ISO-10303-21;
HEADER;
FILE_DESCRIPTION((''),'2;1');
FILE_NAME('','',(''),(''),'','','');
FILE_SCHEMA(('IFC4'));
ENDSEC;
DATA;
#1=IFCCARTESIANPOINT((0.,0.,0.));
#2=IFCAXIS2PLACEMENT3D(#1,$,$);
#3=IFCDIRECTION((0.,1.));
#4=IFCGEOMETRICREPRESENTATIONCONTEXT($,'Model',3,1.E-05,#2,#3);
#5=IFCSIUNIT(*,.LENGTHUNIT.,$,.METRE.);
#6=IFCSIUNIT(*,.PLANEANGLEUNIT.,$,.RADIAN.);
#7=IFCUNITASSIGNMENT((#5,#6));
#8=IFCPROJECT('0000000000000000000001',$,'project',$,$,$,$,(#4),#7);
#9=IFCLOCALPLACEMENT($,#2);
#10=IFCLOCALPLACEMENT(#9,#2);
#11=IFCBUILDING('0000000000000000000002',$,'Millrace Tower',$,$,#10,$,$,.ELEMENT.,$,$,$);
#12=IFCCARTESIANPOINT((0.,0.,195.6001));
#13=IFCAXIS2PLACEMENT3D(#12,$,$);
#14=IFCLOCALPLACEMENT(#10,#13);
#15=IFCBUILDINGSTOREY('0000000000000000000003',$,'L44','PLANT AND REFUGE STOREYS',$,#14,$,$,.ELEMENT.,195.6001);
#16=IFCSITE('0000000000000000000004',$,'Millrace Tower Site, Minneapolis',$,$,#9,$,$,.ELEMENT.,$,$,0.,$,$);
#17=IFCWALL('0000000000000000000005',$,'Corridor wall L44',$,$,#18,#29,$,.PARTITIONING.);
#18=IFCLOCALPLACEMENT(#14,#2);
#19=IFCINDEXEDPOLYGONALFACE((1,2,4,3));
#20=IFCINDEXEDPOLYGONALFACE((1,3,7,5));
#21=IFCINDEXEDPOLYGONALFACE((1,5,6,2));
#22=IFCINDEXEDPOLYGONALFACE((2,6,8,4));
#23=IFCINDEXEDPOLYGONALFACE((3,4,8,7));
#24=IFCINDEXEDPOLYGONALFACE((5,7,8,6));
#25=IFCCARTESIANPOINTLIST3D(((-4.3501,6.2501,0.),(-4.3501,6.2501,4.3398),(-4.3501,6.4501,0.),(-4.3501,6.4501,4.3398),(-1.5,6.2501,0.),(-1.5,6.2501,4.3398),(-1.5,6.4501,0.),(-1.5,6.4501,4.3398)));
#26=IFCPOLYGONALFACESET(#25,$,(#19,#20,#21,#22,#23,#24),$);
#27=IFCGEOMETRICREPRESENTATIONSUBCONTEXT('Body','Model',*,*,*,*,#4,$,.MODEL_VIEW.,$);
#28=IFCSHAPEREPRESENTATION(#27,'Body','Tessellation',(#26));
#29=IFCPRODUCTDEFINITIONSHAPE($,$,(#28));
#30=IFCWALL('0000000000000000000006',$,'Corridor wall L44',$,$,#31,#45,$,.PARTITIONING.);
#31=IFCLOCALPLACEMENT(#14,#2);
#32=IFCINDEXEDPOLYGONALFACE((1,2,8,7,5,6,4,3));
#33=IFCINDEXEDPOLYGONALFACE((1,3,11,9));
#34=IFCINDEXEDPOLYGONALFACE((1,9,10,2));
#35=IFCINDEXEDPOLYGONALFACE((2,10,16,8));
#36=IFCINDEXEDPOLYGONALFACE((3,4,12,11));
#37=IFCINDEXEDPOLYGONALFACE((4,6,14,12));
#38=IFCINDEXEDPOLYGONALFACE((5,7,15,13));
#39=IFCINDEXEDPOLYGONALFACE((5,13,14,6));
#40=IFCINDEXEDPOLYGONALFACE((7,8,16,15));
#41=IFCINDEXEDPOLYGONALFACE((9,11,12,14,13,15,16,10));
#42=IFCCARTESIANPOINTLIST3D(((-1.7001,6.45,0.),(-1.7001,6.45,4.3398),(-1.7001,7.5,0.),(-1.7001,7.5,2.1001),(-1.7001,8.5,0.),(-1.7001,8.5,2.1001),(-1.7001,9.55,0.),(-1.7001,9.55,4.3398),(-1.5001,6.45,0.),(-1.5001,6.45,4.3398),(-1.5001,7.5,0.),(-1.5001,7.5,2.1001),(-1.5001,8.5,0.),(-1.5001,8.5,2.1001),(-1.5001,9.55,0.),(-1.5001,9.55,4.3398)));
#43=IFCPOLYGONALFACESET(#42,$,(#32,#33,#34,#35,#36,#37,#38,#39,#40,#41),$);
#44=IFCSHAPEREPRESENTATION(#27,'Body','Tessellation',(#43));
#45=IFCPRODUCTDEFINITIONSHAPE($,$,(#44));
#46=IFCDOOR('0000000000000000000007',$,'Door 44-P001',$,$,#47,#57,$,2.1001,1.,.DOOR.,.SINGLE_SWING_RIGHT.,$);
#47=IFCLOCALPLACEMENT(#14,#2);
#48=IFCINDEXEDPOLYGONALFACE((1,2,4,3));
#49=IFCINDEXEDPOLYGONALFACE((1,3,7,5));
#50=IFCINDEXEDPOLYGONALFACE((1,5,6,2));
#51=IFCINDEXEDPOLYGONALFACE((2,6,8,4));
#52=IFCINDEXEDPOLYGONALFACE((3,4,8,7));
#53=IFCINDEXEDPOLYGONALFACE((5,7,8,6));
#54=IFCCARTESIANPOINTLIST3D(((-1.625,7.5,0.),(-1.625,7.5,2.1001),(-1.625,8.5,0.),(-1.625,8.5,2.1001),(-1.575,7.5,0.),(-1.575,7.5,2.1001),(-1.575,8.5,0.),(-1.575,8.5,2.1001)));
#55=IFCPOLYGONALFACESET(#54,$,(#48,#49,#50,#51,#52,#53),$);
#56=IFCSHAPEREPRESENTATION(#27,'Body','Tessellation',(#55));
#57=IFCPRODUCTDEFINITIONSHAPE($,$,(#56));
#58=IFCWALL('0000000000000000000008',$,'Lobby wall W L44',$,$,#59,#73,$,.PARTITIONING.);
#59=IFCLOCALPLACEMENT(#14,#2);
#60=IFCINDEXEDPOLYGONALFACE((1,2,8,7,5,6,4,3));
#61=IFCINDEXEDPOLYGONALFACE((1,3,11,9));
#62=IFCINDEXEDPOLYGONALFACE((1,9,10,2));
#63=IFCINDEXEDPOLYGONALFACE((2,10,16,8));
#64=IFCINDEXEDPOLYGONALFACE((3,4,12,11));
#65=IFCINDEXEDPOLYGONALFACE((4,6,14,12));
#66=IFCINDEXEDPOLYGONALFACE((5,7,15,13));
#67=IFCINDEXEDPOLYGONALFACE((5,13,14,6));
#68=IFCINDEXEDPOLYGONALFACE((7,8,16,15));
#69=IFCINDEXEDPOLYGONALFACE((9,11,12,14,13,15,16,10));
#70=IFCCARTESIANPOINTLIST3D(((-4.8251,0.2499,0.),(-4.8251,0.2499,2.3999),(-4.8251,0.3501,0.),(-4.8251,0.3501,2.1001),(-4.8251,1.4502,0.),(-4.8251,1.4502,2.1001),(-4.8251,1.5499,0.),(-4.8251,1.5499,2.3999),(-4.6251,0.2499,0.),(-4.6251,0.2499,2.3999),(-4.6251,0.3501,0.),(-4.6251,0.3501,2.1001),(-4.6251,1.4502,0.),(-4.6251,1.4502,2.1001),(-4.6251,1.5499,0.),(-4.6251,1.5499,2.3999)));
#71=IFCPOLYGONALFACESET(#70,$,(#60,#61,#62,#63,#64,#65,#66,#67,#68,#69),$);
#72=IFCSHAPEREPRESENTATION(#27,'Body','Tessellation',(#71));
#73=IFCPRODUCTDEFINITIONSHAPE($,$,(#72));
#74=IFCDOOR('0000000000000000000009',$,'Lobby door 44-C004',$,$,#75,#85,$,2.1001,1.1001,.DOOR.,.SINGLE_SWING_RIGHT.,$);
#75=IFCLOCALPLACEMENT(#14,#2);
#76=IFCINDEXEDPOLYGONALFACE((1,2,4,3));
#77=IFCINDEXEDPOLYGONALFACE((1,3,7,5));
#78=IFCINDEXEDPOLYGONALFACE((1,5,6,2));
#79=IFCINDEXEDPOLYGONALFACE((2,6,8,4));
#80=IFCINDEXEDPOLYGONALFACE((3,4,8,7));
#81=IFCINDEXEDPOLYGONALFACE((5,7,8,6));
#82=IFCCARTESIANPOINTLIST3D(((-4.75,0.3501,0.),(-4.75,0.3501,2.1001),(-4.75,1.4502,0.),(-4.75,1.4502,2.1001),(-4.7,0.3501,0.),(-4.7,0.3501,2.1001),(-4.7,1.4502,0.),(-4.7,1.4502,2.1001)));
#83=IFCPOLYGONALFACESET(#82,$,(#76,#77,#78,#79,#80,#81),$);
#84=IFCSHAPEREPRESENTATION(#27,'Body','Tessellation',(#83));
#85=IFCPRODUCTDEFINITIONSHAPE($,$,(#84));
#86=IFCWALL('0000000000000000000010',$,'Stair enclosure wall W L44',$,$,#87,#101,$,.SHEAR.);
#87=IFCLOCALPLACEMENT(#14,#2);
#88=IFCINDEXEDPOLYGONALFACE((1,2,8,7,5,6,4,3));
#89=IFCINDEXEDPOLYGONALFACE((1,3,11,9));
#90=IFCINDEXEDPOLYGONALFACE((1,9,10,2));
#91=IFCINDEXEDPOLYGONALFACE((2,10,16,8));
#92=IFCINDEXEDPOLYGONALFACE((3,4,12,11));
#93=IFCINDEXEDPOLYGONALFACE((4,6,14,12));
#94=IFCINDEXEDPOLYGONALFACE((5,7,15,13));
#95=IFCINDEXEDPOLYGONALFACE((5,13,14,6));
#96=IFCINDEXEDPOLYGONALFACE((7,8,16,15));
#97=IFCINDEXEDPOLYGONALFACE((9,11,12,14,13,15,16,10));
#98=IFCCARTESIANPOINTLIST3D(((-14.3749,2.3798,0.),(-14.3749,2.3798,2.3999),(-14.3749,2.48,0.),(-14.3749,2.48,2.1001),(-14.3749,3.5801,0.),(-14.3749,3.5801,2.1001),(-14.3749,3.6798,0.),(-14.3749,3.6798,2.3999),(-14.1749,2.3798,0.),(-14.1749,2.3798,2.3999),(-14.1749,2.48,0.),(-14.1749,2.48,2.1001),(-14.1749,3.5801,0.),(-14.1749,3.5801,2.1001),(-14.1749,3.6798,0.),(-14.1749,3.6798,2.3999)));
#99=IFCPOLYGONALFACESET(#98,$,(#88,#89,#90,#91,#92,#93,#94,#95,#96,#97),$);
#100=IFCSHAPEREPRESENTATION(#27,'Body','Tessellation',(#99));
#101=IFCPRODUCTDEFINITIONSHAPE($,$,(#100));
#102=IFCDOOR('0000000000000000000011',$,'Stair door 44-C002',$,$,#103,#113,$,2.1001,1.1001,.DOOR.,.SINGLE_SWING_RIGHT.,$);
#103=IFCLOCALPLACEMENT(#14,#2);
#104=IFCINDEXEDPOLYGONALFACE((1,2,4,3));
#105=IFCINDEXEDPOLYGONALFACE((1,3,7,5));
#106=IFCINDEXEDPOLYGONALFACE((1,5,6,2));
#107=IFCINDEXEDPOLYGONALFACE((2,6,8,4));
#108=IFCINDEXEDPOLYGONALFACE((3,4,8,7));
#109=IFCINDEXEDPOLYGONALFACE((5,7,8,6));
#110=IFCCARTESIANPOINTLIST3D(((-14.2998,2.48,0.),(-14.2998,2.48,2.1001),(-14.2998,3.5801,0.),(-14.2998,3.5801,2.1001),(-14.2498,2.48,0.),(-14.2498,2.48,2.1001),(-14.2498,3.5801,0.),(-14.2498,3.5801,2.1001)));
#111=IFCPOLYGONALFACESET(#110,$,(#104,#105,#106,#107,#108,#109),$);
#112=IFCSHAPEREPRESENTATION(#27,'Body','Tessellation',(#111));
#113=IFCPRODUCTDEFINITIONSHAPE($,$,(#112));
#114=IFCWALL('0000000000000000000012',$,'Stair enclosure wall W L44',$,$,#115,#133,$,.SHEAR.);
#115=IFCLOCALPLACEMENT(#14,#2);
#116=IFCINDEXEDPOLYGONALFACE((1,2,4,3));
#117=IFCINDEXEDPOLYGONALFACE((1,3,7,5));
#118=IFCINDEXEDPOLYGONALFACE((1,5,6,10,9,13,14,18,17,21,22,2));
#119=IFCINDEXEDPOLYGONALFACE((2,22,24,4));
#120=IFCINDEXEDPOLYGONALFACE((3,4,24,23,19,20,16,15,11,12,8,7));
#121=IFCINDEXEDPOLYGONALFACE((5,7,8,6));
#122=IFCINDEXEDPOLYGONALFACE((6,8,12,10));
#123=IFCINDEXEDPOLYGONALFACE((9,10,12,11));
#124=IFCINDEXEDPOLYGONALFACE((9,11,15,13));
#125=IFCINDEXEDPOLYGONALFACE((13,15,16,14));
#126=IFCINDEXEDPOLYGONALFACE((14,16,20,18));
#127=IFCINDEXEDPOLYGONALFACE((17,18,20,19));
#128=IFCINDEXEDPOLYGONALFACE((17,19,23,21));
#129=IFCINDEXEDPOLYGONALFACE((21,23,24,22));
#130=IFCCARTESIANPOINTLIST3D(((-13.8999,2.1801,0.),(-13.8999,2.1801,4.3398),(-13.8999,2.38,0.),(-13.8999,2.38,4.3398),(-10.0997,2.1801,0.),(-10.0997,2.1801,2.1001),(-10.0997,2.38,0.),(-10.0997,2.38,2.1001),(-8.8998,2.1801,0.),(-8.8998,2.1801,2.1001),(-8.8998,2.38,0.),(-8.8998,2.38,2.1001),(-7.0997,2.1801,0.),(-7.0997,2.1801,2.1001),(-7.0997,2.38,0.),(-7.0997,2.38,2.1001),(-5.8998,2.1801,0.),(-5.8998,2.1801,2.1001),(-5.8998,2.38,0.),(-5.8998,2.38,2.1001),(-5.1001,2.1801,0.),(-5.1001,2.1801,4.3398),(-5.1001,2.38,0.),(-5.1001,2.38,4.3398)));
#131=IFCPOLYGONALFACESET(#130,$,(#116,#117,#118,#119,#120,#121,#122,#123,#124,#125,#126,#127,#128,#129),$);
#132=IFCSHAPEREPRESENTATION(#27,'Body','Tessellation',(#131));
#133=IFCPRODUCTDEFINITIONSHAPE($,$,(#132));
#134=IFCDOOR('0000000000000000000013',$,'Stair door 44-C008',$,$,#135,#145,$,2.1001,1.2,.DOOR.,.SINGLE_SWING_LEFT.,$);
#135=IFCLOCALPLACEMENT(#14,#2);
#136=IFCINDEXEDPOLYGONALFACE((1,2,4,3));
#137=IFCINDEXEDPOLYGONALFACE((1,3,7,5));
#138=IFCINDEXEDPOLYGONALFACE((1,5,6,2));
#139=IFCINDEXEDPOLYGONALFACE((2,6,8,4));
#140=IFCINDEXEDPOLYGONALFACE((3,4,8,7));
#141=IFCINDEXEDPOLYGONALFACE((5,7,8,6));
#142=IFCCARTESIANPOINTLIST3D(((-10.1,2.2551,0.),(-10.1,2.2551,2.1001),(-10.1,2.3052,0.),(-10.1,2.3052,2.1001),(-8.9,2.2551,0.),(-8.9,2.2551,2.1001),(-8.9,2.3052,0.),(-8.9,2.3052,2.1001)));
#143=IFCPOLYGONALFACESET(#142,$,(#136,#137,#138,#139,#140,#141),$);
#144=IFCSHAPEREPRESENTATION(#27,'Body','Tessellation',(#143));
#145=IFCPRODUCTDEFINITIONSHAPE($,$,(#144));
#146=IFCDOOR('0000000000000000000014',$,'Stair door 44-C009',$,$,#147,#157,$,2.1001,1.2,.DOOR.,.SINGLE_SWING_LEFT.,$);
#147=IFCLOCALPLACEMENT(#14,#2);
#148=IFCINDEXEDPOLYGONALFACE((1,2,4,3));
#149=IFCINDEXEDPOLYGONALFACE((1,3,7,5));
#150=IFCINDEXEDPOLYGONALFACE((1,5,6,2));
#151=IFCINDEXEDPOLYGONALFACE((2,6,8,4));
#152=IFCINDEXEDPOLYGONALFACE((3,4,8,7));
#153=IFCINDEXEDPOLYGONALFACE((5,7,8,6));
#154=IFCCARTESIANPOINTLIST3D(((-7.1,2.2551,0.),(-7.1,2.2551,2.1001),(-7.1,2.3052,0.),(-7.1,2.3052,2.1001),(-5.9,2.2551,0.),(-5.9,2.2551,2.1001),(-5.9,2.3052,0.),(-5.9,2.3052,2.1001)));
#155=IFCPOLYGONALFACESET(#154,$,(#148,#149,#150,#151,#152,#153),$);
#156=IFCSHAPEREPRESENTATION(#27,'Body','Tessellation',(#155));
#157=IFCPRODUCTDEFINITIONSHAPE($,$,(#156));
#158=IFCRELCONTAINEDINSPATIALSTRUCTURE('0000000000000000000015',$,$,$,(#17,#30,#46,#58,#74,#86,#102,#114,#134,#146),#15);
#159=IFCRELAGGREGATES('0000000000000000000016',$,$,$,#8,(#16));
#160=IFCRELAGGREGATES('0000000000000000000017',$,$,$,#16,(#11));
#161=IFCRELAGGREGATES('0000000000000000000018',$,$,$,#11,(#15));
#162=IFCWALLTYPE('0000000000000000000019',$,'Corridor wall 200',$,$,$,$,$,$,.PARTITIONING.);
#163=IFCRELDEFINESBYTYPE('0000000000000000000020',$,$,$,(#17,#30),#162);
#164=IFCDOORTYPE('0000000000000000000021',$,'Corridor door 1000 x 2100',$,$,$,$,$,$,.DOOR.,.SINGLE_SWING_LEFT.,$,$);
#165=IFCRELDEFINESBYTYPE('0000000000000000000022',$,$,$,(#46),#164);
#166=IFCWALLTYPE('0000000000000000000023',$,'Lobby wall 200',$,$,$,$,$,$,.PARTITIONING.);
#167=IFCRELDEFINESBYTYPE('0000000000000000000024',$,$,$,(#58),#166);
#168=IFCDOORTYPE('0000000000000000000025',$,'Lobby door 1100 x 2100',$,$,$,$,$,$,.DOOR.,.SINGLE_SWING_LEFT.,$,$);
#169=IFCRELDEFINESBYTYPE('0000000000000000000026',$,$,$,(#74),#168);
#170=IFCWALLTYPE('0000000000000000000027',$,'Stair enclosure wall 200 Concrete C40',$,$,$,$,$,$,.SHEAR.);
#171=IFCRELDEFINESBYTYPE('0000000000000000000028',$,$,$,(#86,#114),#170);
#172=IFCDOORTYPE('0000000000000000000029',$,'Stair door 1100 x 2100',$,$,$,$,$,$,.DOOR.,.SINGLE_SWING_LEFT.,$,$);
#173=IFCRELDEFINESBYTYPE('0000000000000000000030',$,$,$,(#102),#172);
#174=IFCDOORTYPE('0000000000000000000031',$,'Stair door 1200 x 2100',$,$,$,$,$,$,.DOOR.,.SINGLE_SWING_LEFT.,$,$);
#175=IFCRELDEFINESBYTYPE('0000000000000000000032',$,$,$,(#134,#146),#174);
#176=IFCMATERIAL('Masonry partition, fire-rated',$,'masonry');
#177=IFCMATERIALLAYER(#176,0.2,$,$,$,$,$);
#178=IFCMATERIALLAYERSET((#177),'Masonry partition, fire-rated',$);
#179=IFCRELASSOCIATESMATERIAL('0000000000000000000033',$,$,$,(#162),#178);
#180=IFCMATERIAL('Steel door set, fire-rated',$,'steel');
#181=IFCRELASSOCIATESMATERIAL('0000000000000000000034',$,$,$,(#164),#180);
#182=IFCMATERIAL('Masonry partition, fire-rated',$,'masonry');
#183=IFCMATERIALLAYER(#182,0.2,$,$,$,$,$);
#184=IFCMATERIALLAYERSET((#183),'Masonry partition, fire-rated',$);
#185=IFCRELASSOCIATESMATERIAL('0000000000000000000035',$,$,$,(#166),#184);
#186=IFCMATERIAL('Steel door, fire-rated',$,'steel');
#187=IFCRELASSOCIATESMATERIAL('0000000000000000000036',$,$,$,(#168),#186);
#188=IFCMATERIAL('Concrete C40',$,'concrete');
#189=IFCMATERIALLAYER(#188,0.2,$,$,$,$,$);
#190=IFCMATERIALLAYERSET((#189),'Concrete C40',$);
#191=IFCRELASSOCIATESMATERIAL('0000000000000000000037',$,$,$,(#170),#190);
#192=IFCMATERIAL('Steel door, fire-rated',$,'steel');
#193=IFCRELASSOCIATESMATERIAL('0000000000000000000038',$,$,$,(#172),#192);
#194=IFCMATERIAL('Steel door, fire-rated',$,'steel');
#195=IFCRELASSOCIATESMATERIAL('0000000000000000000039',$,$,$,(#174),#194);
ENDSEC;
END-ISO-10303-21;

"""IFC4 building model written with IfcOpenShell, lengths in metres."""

from ifc_helpers import new_model, si_unit, direction, frame, frame_2d, origin, place, context, subcontext, project, spatial, rectangle, extrude, material, layer, layer_set, type_object, element, fill, save


model = new_model("IFC4")

# Units and contexts
model_context = context("Model", 3, precision=1e-05, world=origin(), true_north=direction((0.0, 1.0)))
body_context = subcontext(model_context, "Body", "Model", "MODEL_VIEW")
ifc_project = project(units=[si_unit("LENGTHUNIT", "METRE"), si_unit("PLANEANGLEUNIT", "RADIAN")], contexts=[model_context])

# Site, building, storey
site_placement = place(None, origin())
site = spatial("IfcSite", under=ifc_project, at=site_placement, Name="Millrace Tower Site, Minneapolis", CompositionType="ELEMENT", RefElevation=0.0)
building_placement = place(site_placement, origin())
building = spatial("IfcBuilding", under=site, at=building_placement, Name="Millrace Tower", CompositionType="ELEMENT")
storey_placement = place(building_placement, frame((0.0, 0.0, 195.6001)))
storey = spatial("IfcBuildingStorey", under=building, at=storey_placement, Name="L44", Description="PLANT AND REFUGE STOREYS", CompositionType="ELEMENT", Elevation=195.6001)

# Wall
ifc_material_1 = material(Name="Masonry partition, fire-rated", Category="masonry")
ifc_layer_1 = layer(ifc_material_1, 0.2)
ifc_layer_set_1 = layer_set([ifc_layer_1], Name="Masonry partition, fire-rated")
wall_type_1 = type_object("IfcWallType", Name="Corridor wall 200", PredefinedType="PARTITIONING", material=ifc_layer_set_1)
wall_1_placement = place(storey_placement, frame((-4.3501, 6.3501, 0.0), z_axis=(0.0, 0.0, 1.0), x_axis=(1.0, 0.0, 0.0)))
element("IfcWall", 1, at=wall_1_placement, inside=storey, type_object=wall_type_1, Name="Corridor wall L44", PredefinedType="PARTITIONING", context=body_context, shape_type="SweptSolid", body=[
    extrude(rectangle(XDim=2.8501, YDim=0.2, at=frame_2d((1.425, 0.0))), origin(), (0.0, 0.0, 1.0), 4.3398),
])

# Walls, openings, doors
wall_2_placement = place(storey_placement, frame((-1.6001, 6.45, 0.0), z_axis=(0.0, 0.0, 1.0), x_axis=(0.0, 1.0, 0.0)))
wall_2 = element("IfcWall", 2, at=wall_2_placement, inside=storey, type_object=wall_type_1, Name="Corridor wall L44", PredefinedType="PARTITIONING", context=body_context, shape_type="SweptSolid", body=[
    extrude(rectangle(XDim=3.1001, YDim=0.2, at=frame_2d((1.55, 0.0))), origin(), (0.0, 0.0, 1.0), 4.3398),
])
opening_1_placement = place(wall_2_placement, frame((1.05, 0.0, 0.0)))
opening_1 = element("IfcOpeningElement", 3, at=opening_1_placement, cuts=wall_2, PredefinedType="OPENING", context=body_context, shape_type="SweptSolid", body=[
    extrude(rectangle(XDim=1.0, YDim=2.1001, at=frame_2d((0.5, 1.05))), frame((0.0, 0.1099, 0.0), z_axis=(0.0, -1.0, 0.0), x_axis=(1.0, 0.0, 0.0)), (0.0, 0.0, 1.0), 0.22),
])
ifc_material_2 = material(Name="Steel door set, fire-rated", Category="steel")
door_type_1 = type_object("IfcDoorType", Name="Corridor door 1000 x 2100", OperationType="SINGLE_SWING_LEFT", PredefinedType="DOOR", material=ifc_material_2)
door_1_placement = place(opening_1_placement, origin())
door_1 = element("IfcDoor", 4, at=door_1_placement, inside=storey, type_object=door_type_1, Name="Door 44-P001", OperationType="SINGLE_SWING_RIGHT", OverallHeight=2.1001, OverallWidth=1.0, PredefinedType="DOOR", context=body_context, shape_type="SweptSolid", body=[
    extrude(rectangle(XDim=1.0, YDim=2.1001, at=frame_2d((0.5, 1.05))), frame((0.0, 0.0249, 0.0), z_axis=(0.0, -1.0, 0.0), x_axis=(1.0, 0.0, 0.0)), (0.0, 0.0, 1.0), 0.05),
])
fill(opening_1, door_1)
ifc_material_3 = material(Name="Masonry partition, fire-rated", Category="masonry")
ifc_layer_2 = layer(ifc_material_3, 0.2)
ifc_layer_set_2 = layer_set([ifc_layer_2], Name="Masonry partition, fire-rated")
wall_type_2 = type_object("IfcWallType", Name="Lobby wall 200", PredefinedType="PARTITIONING", material=ifc_layer_set_2)
wall_3_placement = place(storey_placement, frame((-4.7251, 0.25, 0.0), z_axis=(0.0, 0.0, 1.0), x_axis=(0.0, 1.0, 0.0)))
wall_3 = element("IfcWall", 5, at=wall_3_placement, inside=storey, type_object=wall_type_2, Name="Lobby wall W L44", PredefinedType="PARTITIONING", context=body_context, shape_type="SweptSolid", body=[
    extrude(rectangle(XDim=1.3, YDim=0.2, at=frame_2d((0.6499, 0.0))), origin(), (0.0, 0.0, 1.0), 2.3999),
])
opening_2_placement = place(wall_3_placement, frame((0.1001, 0.0, 0.0)))
opening_2 = element("IfcOpeningElement", 6, at=opening_2_placement, cuts=wall_3, PredefinedType="OPENING", context=body_context, shape_type="SweptSolid", body=[
    extrude(rectangle(XDim=1.1001, YDim=2.1001, at=frame_2d((0.55, 1.05))), frame((0.0, 0.1099, 0.0), z_axis=(0.0, -1.0, 0.0), x_axis=(1.0, 0.0, 0.0)), (0.0, 0.0, 1.0), 0.22),
])
ifc_material_4 = material(Name="Steel door, fire-rated", Category="steel")
door_type_2 = type_object("IfcDoorType", Name="Lobby door 1100 x 2100", OperationType="SINGLE_SWING_LEFT", PredefinedType="DOOR", material=ifc_material_4)
door_2_placement = place(opening_2_placement, origin())
door_2 = element("IfcDoor", 7, at=door_2_placement, inside=storey, type_object=door_type_2, Name="Lobby door 44-C004", OperationType="SINGLE_SWING_RIGHT", OverallHeight=2.1001, OverallWidth=1.1001, PredefinedType="DOOR", context=body_context, shape_type="SweptSolid", body=[
    extrude(rectangle(XDim=1.1001, YDim=2.1001, at=frame_2d((0.55, 1.05))), frame((0.0, 0.0249, 0.0), z_axis=(0.0, -1.0, 0.0), x_axis=(1.0, 0.0, 0.0)), (0.0, 0.0, 1.0), 0.05),
])
fill(opening_2, door_2)
ifc_material_5 = material(Name="Concrete C40", Category="concrete")
ifc_layer_3 = layer(ifc_material_5, 0.2)
ifc_layer_set_3 = layer_set([ifc_layer_3], Name="Concrete C40")
wall_type_3 = type_object("IfcWallType", Name="Stair enclosure wall 200 Concrete C40", PredefinedType="SHEAR", material=ifc_layer_set_3)
wall_4_placement = place(storey_placement, frame((-14.2749, 2.3799, 0.0), z_axis=(0.0, 0.0, 1.0), x_axis=(0.0, 1.0, 0.0)))
wall_4 = element("IfcWall", 8, at=wall_4_placement, inside=storey, type_object=wall_type_3, Name="Stair enclosure wall W L44", PredefinedType="SHEAR", context=body_context, shape_type="SweptSolid", body=[
    extrude(rectangle(XDim=1.3, YDim=0.2, at=frame_2d((0.6499, 0.0))), origin(), (0.0, 0.0, 1.0), 2.3999),
])
opening_3_placement = place(wall_4_placement, frame((0.1001, 0.0, 0.0)))
opening_3 = element("IfcOpeningElement", 9, at=opening_3_placement, cuts=wall_4, PredefinedType="OPENING", context=body_context, shape_type="SweptSolid", body=[
    extrude(rectangle(XDim=1.1001, YDim=2.1001, at=frame_2d((0.55, 1.05))), frame((0.0, 0.1099, 0.0), z_axis=(0.0, -1.0, 0.0), x_axis=(1.0, 0.0, 0.0)), (0.0, 0.0, 1.0), 0.22),
])
ifc_material_6 = material(Name="Steel door, fire-rated", Category="steel")
door_type_3 = type_object("IfcDoorType", Name="Stair door 1100 x 2100", OperationType="SINGLE_SWING_LEFT", PredefinedType="DOOR", material=ifc_material_6)
door_3_placement = place(opening_3_placement, origin())
door_3 = element("IfcDoor", 10, at=door_3_placement, inside=storey, type_object=door_type_3, Name="Stair door 44-C002", OperationType="SINGLE_SWING_RIGHT", OverallHeight=2.1001, OverallWidth=1.1001, PredefinedType="DOOR", context=body_context, shape_type="SweptSolid", body=[
    extrude(rectangle(XDim=1.1001, YDim=2.1001, at=frame_2d((0.55, 1.05))), frame((0.0, 0.0249, 0.0), z_axis=(0.0, -1.0, 0.0), x_axis=(1.0, 0.0, 0.0)), (0.0, 0.0, 1.0), 0.05),
])
fill(opening_3, door_3)

# Wall, openings, doors
wall_5_placement = place(storey_placement, frame((-13.8999, 2.28, 0.0), z_axis=(0.0, 0.0, 1.0), x_axis=(1.0, 0.0, 0.0)))
wall_5 = element("IfcWall", 11, at=wall_5_placement, inside=storey, type_object=wall_type_3, Name="Stair enclosure wall W L44", PredefinedType="SHEAR", context=body_context, shape_type="SweptSolid", body=[
    extrude(rectangle(XDim=8.7998, YDim=0.2, at=frame_2d((4.3999, 0.0))), origin(), (0.0, 0.0, 1.0), 4.3398),
])
opening_4_placement = place(wall_5_placement, frame((3.8, 0.0, 0.0)))
opening_4 = element("IfcOpeningElement", 12, at=opening_4_placement, cuts=wall_5, PredefinedType="OPENING", context=body_context, shape_type="SweptSolid", body=[
    extrude(rectangle(XDim=1.2, YDim=2.1001, at=frame_2d((0.6001, 1.05))), frame((0.0, 0.1099, 0.0), z_axis=(0.0, -1.0, 0.0), x_axis=(1.0, 0.0, 0.0)), (0.0, 0.0, 1.0), 0.22),
])
opening_5_placement = place(wall_5_placement, frame((6.8, 0.0, 0.0)))
opening_5 = element("IfcOpeningElement", 13, at=opening_5_placement, cuts=wall_5, PredefinedType="OPENING", context=body_context, shape_type="SweptSolid", body=[
    extrude(rectangle(XDim=1.2, YDim=2.1001, at=frame_2d((0.6001, 1.05))), frame((0.0, 0.1099, 0.0), z_axis=(0.0, -1.0, 0.0), x_axis=(1.0, 0.0, 0.0)), (0.0, 0.0, 1.0), 0.22),
])
ifc_material_7 = material(Name="Steel door, fire-rated", Category="steel")
door_type_4 = type_object("IfcDoorType", Name="Stair door 1200 x 2100", OperationType="SINGLE_SWING_LEFT", PredefinedType="DOOR", material=ifc_material_7)
door_4_placement = place(opening_4_placement, frame((1.2, 0.0, 0.0), z_axis=(0.0, 0.0, 1.0), x_axis=(-1.0, 0.0, 0.0)))
door_4 = element("IfcDoor", 14, at=door_4_placement, inside=storey, type_object=door_type_4, Name="Stair door 44-C008", OperationType="SINGLE_SWING_LEFT", OverallHeight=2.1001, OverallWidth=1.2, PredefinedType="DOOR", context=body_context, shape_type="SweptSolid", body=[
    extrude(rectangle(XDim=1.2, YDim=2.1001, at=frame_2d((0.6001, 1.05))), frame((0.0, 0.0249, 0.0), z_axis=(0.0, -1.0, 0.0), x_axis=(1.0, 0.0, 0.0)), (0.0, 0.0, 1.0), 0.05),
])
fill(opening_4, door_4)
door_5_placement = place(opening_5_placement, frame((1.2, 0.0, 0.0), z_axis=(0.0, 0.0, 1.0), x_axis=(-1.0, 0.0, 0.0)))
door_5 = element("IfcDoor", 15, at=door_5_placement, inside=storey, type_object=door_type_4, Name="Stair door 44-C009", OperationType="SINGLE_SWING_LEFT", OverallHeight=2.1001, OverallWidth=1.2, PredefinedType="DOOR", context=body_context, shape_type="SweptSolid", body=[
    extrude(rectangle(XDim=1.2, YDim=2.1001, at=frame_2d((0.6001, 1.05))), frame((0.0, 0.0249, 0.0), z_axis=(0.0, -1.0, 0.0), x_axis=(1.0, 0.0, 0.0)), (0.0, 0.0, 1.0), 0.05),
])
fill(opening_5, door_5)

save(model, "model.ifc")
